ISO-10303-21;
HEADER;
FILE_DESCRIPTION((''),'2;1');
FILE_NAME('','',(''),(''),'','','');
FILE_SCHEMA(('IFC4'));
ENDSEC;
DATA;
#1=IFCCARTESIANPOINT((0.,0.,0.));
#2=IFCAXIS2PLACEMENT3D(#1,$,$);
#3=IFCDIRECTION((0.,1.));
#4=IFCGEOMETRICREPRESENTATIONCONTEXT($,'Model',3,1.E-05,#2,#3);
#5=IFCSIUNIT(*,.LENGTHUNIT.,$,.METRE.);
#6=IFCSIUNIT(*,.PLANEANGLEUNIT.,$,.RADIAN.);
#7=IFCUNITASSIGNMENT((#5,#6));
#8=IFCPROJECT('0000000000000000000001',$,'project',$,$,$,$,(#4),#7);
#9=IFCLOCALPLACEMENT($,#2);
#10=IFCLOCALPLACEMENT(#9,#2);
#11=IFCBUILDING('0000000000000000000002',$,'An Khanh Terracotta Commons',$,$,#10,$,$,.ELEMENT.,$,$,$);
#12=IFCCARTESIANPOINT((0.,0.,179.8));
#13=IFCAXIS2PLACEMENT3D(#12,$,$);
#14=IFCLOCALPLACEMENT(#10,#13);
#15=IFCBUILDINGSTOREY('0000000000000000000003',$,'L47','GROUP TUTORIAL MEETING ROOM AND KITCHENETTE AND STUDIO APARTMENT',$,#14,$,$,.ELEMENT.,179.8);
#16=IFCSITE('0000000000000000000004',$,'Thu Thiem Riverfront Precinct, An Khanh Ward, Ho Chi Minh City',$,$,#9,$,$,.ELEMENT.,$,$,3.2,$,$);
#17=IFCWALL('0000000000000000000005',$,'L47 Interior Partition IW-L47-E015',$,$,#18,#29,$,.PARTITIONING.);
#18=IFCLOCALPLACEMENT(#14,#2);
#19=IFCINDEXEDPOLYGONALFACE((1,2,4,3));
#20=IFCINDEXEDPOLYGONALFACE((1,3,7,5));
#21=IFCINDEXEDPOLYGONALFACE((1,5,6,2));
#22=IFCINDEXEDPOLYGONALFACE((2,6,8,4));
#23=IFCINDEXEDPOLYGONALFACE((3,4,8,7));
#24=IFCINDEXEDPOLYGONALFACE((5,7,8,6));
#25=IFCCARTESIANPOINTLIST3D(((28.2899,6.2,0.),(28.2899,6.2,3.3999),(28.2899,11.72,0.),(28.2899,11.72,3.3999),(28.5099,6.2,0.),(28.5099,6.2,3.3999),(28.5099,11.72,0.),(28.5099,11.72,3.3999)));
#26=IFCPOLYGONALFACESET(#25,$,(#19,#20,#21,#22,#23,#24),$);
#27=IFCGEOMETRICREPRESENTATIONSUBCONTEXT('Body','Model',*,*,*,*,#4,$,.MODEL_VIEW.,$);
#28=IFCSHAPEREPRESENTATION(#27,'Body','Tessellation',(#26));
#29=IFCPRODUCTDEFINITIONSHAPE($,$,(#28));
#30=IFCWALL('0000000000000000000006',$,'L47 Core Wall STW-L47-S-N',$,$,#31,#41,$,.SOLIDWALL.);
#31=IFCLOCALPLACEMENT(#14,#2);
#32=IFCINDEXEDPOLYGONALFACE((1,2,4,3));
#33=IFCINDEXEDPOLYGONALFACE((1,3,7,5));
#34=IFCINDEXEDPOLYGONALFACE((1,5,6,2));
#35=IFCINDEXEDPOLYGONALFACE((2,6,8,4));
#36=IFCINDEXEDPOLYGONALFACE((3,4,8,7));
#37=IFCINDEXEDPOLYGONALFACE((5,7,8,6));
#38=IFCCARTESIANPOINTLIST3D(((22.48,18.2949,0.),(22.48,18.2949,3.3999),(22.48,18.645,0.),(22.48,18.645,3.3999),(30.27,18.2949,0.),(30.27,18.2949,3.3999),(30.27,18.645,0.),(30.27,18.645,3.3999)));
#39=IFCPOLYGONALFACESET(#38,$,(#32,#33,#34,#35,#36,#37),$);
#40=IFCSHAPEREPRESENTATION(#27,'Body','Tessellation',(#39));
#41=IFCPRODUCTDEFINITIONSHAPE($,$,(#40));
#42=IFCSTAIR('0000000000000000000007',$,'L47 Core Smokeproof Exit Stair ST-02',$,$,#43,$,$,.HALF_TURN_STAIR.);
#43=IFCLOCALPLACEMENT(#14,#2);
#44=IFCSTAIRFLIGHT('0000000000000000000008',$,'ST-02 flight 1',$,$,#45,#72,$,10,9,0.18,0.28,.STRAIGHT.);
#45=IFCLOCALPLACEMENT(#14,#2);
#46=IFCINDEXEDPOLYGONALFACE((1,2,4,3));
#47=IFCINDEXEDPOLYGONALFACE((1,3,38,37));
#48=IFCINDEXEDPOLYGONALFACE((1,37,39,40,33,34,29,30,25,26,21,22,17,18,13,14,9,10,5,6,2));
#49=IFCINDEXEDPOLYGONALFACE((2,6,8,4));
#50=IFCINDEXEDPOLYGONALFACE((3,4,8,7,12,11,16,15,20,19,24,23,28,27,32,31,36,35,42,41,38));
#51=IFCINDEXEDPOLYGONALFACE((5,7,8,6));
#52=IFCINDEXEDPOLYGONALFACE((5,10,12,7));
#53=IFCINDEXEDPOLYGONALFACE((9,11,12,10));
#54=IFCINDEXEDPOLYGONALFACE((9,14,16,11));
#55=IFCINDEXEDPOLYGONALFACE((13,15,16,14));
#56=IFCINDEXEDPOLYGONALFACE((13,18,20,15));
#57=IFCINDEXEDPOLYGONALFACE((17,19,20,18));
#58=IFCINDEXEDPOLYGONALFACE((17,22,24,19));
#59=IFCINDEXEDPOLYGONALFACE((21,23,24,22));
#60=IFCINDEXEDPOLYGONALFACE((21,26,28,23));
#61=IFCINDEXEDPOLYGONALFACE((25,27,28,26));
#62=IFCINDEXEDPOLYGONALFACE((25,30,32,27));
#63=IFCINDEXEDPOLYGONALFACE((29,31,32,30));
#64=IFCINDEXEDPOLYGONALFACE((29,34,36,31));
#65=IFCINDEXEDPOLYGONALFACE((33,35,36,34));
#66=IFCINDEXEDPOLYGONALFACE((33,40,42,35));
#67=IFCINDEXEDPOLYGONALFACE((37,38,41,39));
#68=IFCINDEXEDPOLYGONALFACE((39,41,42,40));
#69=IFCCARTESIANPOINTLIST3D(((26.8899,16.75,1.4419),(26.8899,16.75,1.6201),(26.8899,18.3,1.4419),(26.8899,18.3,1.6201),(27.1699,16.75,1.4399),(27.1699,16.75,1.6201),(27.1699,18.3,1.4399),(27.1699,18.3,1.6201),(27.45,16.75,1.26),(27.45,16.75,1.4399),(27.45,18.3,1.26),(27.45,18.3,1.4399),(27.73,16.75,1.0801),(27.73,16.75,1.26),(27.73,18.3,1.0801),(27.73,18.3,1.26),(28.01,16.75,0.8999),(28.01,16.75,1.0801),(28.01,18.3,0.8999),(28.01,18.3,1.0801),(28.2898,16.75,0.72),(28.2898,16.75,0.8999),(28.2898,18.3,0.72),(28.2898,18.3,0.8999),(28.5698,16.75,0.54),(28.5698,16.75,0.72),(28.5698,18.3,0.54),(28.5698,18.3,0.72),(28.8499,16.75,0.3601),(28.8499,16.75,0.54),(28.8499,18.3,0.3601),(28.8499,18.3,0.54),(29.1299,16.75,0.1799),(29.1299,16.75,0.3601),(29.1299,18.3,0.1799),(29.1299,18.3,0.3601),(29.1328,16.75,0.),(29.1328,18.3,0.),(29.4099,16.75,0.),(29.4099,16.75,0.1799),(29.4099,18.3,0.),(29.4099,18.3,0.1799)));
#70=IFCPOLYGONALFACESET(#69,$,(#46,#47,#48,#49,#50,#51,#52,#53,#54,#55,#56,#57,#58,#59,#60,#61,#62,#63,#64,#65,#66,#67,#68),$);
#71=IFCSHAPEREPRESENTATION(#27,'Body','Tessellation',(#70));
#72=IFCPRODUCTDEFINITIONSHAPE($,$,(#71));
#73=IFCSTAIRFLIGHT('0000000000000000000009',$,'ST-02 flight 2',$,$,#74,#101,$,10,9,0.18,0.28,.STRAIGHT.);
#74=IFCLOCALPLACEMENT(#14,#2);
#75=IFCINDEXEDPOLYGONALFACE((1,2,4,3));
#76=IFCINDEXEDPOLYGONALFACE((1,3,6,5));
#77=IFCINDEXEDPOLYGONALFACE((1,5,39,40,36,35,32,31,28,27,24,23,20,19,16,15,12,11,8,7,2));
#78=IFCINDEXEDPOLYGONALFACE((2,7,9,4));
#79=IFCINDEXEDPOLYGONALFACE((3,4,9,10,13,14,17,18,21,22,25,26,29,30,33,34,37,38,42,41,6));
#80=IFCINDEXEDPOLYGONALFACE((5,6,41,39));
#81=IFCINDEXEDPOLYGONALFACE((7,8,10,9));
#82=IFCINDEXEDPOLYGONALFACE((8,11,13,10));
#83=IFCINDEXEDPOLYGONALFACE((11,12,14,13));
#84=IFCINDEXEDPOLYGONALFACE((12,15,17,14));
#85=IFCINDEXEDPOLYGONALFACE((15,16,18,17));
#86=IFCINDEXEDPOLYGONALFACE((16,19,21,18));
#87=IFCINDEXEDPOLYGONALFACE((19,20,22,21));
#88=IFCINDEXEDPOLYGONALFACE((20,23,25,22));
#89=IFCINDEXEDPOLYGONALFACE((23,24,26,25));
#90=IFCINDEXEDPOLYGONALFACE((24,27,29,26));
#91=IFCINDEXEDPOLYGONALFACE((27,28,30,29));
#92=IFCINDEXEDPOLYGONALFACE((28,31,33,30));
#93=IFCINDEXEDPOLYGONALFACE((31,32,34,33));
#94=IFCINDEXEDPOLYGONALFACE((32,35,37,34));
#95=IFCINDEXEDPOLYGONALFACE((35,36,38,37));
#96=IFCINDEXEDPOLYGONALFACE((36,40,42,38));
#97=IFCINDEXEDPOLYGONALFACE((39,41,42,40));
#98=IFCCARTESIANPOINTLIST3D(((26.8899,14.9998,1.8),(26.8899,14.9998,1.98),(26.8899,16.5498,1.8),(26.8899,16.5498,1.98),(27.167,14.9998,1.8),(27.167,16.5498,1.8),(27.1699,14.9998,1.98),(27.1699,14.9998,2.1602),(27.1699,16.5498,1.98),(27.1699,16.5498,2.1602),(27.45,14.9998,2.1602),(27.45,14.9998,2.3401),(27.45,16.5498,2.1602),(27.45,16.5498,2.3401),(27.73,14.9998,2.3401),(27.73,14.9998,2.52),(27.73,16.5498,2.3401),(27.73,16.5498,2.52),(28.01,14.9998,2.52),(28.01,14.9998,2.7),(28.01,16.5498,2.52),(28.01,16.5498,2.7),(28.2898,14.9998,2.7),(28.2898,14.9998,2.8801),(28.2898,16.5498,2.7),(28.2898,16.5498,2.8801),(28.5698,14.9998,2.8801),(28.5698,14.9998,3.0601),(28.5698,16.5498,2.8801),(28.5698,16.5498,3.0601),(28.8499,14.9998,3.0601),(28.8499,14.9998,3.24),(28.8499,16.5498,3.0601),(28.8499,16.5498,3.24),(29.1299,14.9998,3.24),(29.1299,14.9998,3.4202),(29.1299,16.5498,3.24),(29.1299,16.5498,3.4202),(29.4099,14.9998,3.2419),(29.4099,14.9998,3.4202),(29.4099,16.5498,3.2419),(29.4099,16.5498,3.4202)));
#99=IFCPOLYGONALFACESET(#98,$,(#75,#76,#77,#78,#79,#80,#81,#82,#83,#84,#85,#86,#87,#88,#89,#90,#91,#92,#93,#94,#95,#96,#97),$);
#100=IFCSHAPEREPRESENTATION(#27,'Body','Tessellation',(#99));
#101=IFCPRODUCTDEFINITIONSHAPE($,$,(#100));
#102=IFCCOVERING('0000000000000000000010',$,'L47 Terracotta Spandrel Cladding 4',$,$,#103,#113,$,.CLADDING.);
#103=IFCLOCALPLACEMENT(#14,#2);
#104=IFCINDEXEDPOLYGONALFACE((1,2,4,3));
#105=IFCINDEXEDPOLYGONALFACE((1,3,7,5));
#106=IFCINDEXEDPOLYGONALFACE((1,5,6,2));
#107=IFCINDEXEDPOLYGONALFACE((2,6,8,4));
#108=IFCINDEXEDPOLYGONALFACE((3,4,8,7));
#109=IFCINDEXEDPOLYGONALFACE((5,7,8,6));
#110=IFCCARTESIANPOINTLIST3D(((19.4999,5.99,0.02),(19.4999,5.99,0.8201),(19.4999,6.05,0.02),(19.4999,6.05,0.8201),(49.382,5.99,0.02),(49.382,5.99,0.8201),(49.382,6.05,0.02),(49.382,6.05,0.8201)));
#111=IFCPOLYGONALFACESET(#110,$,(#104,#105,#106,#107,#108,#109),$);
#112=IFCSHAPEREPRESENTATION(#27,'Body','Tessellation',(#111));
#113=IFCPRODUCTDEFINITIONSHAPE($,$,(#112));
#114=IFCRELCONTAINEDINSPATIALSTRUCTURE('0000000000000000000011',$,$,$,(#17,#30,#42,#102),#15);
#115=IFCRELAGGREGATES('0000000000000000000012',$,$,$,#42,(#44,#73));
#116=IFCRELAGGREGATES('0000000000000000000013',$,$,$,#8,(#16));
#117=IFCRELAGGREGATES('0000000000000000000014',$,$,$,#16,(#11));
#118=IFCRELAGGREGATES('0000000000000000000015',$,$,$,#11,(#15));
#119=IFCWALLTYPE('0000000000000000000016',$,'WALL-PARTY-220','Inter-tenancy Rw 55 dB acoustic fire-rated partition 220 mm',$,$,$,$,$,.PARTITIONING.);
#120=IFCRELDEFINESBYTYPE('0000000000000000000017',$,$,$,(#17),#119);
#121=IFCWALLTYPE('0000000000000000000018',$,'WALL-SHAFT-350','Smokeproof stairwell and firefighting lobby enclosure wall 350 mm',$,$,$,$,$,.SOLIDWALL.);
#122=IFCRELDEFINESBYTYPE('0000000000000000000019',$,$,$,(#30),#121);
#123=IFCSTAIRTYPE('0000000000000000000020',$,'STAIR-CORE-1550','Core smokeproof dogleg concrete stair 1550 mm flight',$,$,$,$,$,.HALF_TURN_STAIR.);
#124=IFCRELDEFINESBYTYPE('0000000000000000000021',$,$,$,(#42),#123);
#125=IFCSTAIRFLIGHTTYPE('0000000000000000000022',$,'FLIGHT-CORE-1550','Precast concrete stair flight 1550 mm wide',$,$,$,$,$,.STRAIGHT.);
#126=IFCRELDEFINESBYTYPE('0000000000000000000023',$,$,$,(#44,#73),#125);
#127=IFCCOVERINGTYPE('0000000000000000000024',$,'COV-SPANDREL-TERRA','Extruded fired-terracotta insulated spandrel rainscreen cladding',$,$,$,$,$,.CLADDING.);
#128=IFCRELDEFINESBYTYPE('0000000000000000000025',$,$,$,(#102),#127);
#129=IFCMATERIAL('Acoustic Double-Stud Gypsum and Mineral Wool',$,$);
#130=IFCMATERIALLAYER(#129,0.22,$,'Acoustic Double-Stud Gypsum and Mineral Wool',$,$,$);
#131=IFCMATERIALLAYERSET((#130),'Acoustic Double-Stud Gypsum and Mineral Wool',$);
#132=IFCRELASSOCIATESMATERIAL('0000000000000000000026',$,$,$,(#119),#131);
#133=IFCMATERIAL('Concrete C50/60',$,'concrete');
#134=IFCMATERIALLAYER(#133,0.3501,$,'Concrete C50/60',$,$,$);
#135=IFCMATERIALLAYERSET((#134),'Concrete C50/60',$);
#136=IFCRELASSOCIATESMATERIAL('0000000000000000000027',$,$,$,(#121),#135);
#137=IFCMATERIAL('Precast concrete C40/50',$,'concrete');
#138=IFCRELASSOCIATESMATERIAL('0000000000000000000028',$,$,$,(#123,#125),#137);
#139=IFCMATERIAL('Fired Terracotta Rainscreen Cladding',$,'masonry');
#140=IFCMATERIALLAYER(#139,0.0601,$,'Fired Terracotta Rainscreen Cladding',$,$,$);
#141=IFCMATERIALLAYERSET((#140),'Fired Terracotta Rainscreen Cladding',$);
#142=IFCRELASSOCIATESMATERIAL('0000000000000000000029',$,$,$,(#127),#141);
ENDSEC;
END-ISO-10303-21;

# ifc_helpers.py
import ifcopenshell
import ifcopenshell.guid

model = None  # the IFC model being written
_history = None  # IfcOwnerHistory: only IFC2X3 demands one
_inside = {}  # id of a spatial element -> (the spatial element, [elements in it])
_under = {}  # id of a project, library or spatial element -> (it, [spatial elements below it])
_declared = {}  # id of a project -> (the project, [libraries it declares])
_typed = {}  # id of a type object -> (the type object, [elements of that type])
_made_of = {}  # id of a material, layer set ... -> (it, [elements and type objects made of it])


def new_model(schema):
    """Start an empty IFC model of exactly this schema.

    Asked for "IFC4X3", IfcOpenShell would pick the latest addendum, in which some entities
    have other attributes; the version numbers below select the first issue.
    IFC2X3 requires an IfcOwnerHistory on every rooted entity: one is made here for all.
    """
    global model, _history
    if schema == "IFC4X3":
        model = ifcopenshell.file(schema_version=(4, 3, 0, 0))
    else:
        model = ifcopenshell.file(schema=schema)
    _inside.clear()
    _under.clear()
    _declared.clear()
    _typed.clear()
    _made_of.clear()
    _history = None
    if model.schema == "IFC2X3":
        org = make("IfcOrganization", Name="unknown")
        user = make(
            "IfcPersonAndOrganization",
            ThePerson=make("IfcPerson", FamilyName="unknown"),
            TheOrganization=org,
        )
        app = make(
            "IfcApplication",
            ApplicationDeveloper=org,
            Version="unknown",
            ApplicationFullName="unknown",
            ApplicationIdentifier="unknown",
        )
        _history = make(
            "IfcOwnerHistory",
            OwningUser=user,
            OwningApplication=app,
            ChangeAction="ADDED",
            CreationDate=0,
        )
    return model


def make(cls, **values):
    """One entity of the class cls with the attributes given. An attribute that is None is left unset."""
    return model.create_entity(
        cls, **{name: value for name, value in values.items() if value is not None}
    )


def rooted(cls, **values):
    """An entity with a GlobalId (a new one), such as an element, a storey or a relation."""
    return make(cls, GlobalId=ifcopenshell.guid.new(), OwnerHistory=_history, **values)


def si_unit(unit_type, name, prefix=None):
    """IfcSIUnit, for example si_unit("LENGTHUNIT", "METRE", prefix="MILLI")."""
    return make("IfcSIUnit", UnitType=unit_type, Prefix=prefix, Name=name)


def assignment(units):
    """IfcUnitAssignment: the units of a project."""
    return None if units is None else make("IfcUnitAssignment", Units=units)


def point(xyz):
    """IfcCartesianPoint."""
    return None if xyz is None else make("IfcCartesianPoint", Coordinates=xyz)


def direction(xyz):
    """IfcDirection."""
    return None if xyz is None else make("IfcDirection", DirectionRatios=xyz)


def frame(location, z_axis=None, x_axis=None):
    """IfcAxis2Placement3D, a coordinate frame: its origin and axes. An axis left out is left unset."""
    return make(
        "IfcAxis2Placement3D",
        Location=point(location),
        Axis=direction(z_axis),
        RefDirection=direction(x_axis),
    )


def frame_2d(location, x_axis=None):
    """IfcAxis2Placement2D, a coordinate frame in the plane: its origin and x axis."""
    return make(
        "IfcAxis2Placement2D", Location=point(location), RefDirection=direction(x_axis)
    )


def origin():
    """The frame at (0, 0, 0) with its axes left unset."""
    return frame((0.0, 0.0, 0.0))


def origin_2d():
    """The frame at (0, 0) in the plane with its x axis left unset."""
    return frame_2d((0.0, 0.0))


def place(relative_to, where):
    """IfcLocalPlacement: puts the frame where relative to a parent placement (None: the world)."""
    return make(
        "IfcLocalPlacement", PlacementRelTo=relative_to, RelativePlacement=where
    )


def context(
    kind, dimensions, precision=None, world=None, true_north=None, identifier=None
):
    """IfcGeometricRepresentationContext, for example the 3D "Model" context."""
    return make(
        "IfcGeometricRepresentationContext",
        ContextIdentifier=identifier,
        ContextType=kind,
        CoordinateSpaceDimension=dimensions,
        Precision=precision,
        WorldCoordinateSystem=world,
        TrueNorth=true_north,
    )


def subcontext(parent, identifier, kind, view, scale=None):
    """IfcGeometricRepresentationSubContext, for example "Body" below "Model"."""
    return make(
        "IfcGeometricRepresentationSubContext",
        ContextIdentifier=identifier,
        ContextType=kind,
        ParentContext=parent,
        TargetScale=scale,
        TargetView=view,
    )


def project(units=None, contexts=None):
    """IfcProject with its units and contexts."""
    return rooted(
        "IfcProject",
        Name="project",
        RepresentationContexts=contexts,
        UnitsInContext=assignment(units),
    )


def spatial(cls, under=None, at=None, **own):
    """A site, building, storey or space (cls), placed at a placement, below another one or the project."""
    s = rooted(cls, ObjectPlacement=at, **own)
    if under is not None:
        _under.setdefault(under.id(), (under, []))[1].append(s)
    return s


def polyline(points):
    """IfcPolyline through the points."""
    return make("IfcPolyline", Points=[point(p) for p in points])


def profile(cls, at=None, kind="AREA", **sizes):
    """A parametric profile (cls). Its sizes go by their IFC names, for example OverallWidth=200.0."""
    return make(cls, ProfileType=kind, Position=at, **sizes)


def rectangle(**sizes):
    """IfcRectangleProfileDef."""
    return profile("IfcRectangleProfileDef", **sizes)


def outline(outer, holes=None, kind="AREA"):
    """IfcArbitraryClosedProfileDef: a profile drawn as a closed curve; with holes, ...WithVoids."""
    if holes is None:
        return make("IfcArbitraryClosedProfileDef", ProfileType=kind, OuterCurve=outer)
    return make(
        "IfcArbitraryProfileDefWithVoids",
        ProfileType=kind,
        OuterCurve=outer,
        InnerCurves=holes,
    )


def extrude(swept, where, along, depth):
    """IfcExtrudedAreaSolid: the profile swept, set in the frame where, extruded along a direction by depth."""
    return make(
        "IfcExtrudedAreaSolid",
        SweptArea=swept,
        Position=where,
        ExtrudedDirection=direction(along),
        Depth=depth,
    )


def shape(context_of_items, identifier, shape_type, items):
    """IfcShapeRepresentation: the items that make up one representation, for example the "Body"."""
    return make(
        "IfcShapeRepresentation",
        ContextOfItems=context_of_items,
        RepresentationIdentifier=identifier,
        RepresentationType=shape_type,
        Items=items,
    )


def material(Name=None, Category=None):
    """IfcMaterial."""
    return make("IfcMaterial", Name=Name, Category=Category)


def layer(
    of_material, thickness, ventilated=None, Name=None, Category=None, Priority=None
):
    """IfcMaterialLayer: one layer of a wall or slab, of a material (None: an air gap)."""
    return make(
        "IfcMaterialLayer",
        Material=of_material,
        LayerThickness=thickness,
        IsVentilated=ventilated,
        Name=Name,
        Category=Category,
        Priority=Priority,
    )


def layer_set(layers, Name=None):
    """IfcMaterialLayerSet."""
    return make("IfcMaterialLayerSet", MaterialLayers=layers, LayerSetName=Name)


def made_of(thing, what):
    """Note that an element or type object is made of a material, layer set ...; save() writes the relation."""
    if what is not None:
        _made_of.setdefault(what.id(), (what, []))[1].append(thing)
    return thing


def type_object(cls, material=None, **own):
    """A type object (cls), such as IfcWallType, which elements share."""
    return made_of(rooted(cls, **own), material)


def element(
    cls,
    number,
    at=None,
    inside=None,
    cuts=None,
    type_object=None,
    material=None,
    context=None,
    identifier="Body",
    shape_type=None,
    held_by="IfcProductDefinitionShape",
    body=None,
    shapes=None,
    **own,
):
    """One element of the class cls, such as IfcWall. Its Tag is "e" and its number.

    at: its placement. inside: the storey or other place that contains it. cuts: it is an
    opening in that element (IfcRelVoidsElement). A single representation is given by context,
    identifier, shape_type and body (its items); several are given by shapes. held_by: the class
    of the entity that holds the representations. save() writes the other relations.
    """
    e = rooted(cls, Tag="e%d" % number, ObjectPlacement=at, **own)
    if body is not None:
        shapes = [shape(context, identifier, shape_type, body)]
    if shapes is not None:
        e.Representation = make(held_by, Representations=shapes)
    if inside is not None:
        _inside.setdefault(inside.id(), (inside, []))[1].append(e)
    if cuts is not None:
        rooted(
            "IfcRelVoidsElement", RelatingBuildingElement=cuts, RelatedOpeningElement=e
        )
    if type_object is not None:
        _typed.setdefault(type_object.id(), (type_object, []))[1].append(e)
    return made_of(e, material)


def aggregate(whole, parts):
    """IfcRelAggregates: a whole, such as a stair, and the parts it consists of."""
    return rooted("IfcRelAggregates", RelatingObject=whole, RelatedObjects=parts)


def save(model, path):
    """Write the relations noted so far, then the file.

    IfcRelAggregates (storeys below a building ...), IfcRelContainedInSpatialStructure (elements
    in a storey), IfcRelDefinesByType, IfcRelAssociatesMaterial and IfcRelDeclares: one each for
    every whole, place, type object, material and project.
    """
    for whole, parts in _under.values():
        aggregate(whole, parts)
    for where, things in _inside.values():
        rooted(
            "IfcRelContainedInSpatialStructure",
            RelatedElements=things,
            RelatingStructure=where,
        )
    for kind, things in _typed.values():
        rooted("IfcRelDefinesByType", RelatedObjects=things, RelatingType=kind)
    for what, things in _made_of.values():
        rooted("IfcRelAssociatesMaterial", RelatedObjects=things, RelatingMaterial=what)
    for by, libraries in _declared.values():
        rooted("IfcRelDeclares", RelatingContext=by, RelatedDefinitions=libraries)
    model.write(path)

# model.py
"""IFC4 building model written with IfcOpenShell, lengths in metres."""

from ifc_helpers import new_model, si_unit, direction, frame, frame_2d, origin, origin_2d, place, context, subcontext, project, spatial, polyline, rectangle, outline, extrude, material, layer, layer_set, type_object, element, aggregate, save


model = new_model("IFC4")

# Units and contexts
model_context = context("Model", 3, precision=1e-05, world=origin(), true_north=direction((0.0, 1.0)))
body_context = subcontext(model_context, "Body", "Model", "MODEL_VIEW")
ifc_project = project(units=[si_unit("LENGTHUNIT", "METRE"), si_unit("PLANEANGLEUNIT", "RADIAN")], contexts=[model_context])

# Site, building, storey
site_placement = place(None, origin())
site = spatial("IfcSite", under=ifc_project, at=site_placement, Name="Thu Thiem Riverfront Precinct, An Khanh Ward, Ho Chi Minh City", CompositionType="ELEMENT", RefElevation=3.2)
building_placement = place(site_placement, origin())
building = spatial("IfcBuilding", under=site, at=building_placement, Name="An Khanh Terracotta Commons", CompositionType="ELEMENT")
storey_placement = place(building_placement, frame((0.0, 0.0, 179.8)))
storey = spatial("IfcBuildingStorey", under=building, at=storey_placement, Name="L47", Description="GROUP TUTORIAL MEETING ROOM AND KITCHENETTE AND STUDIO APARTMENT", CompositionType="ELEMENT", Elevation=179.8)

# Walls
ifc_material_1 = material(Name="Acoustic Double-Stud Gypsum and Mineral Wool")
ifc_layer_1 = layer(ifc_material_1, 0.22, Name="Acoustic Double-Stud Gypsum and Mineral Wool")
ifc_layer_set_1 = layer_set([ifc_layer_1], Name="Acoustic Double-Stud Gypsum and Mineral Wool")
wall_type_1 = type_object("IfcWallType", Name="WALL-PARTY-220", Description="Inter-tenancy Rw 55 dB acoustic fire-rated partition 220 mm", PredefinedType="PARTITIONING", material=ifc_layer_set_1)
for number, where, z_axis, x_axis, name in (
    (1, (28.3999, 6.2, 0.0), (0.0, 0.0, 1.0), (0.0, 1.0, 0.0), "L47 Interior Partition IW-L47-E015"),
):
    element("IfcWall", number, at=place(storey_placement, frame(where, z_axis=z_axis, x_axis=x_axis)), inside=storey, type_object=wall_type_1, Name=name, PredefinedType="PARTITIONING", context=body_context, shape_type="SweptSolid", body=[
        extrude(rectangle(XDim=5.52, YDim=0.22, at=frame_2d((2.76, 0.0))), origin(), (0.0, 0.0, 1.0), 3.3999),
    ])
ifc_material_2 = material(Name="Concrete C50/60", Category="concrete")
ifc_layer_2 = layer(ifc_material_2, 0.3501, Name="Concrete C50/60")
ifc_layer_set_2 = layer_set([ifc_layer_2], Name="Concrete C50/60")
wall_type_2 = type_object("IfcWallType", Name="WALL-SHAFT-350", Description="Smokeproof stairwell and firefighting lobby enclosure wall 350 mm", PredefinedType="SOLIDWALL", material=ifc_layer_set_2)
wall_1_placement = place(storey_placement, frame((22.48, 18.47, 0.0), z_axis=(0.0, 0.0, 1.0), x_axis=(1.0, 0.0, 0.0)))
element("IfcWall", 2, at=wall_1_placement, inside=storey, type_object=wall_type_2, Name="L47 Core Wall STW-L47-S-N", PredefinedType="SOLIDWALL", context=body_context, shape_type="SweptSolid", body=[
    extrude(rectangle(XDim=7.79, YDim=0.3501, at=frame_2d((3.895, 0.0))), origin(), (0.0, 0.0, 1.0), 3.3999),
])

# Stair, stair flights
ifc_material_3 = material(Name="Precast concrete C40/50", Category="concrete")
stair_type = type_object("IfcStairType", Name="STAIR-CORE-1550", Description="Core smokeproof dogleg concrete stair 1550 mm flight", PredefinedType="HALF_TURN_STAIR", material=ifc_material_3)
stair_placement = place(storey_placement, origin())
stair = element("IfcStair", 3, at=stair_placement, inside=storey, type_object=stair_type, Name="L47 Core Smokeproof Exit Stair ST-02", PredefinedType="HALF_TURN_STAIR")
stair_flight_type = type_object("IfcStairFlightType", Name="FLIGHT-CORE-1550", Description="Precast concrete stair flight 1550 mm wide", PredefinedType="STRAIGHT", material=ifc_material_3)
stair_flight_1_placement = place(storey_placement, frame((29.4099, 17.5249, 0.0), z_axis=(0.0, 0.0, 1.0), x_axis=(-1.0, 0.0, 0.0)))
stair_flight_1 = element("IfcStairFlight", 4, at=stair_flight_1_placement, type_object=stair_flight_type, Name="ST-02 flight 1", NumberOfRisers=10, NumberOfTreads=9, PredefinedType="STRAIGHT", RiserHeight=0.18, TreadLength=0.28, context=body_context, shape_type="SweptSolid", body=[
    extrude(outline(polyline([(0.0, 0.0), (0.0, 0.1799), (0.28, 0.1799), (0.28, 0.3601), (0.5601, 0.3601), (0.5601, 0.54), (0.8401, 0.54), (0.8401, 0.72), (1.1201, 0.72), (1.1201, 0.8999), (1.3999, 0.8999), (1.3999, 1.0801), (1.6799, 1.0801), (1.6799, 1.26), (1.96, 1.26), (1.96, 1.4399), (2.24, 1.4399), (2.24, 1.6201), (2.52, 1.6201), (2.52, 1.8), (2.52, 1.4419), (0.2771, 0.0), (0.0, 0.0)])), frame((0.0, 0.7749, 0.0), z_axis=(0.0, -1.0, 0.0), x_axis=(1.0, 0.0, 0.0)), (0.0, 0.0, 1.0), 1.55),
])
stair_flight_2_placement = place(storey_placement, frame((26.8899, 15.7749, 1.8), z_axis=(0.0, 0.0, 1.0), x_axis=(1.0, 0.0, 0.0)))
stair_flight_2 = element("IfcStairFlight", 5, at=stair_flight_2_placement, type_object=stair_flight_type, Name="ST-02 flight 2", NumberOfRisers=10, NumberOfTreads=9, PredefinedType="STRAIGHT", RiserHeight=0.18, TreadLength=0.28, context=body_context, shape_type="SweptSolid", body=[
    extrude(outline(polyline([(0.0, 0.0), (0.0, 0.1799), (0.28, 0.1799), (0.28, 0.3601), (0.5601, 0.3601), (0.5601, 0.54), (0.8401, 0.54), (0.8401, 0.72), (1.1201, 0.72), (1.1201, 0.8999), (1.3999, 0.8999), (1.3999, 1.0801), (1.6799, 1.0801), (1.6799, 1.26), (1.96, 1.26), (1.96, 1.4399), (2.24, 1.4399), (2.24, 1.6201), (2.52, 1.6201), (2.52, 1.8), (2.52, 1.4419), (0.2771, 0.0), (0.0, 0.0)])), frame((0.0, 0.7749, 0.0), z_axis=(0.0, -1.0, 0.0), x_axis=(1.0, 0.0, 0.0)), (0.0, 0.0, 1.0), 1.55),
])
aggregate(stair, [stair_flight_1, stair_flight_2])

# Covering
ifc_material_4 = material(Name="Fired Terracotta Rainscreen Cladding", Category="masonry")
ifc_layer_3 = layer(ifc_material_4, 0.0601, Name="Fired Terracotta Rainscreen Cladding")
ifc_layer_set_3 = layer_set([ifc_layer_3], Name="Fired Terracotta Rainscreen Cladding")
covering_type = type_object("IfcCoveringType", Name="COV-SPANDREL-TERRA", Description="Extruded fired-terracotta insulated spandrel rainscreen cladding", PredefinedType="CLADDING", material=ifc_layer_set_3)
covering_placement = place(storey_placement, frame((34.4409, 6.02, 0.02), z_axis=(0.0, 0.0, 1.0), x_axis=(1.0, 0.0, 0.0)))
element("IfcCovering", 6, at=covering_placement, inside=storey, type_object=covering_type, Name="L47 Terracotta Spandrel Cladding 4", PredefinedType="CLADDING", context=body_context, shape_type="SweptSolid", body=[
    extrude(rectangle(XDim=29.8821, YDim=0.0601, at=origin_2d()), origin(), (0.0, 0.0, 1.0), 0.8),
])

save(model, "model.ifc")
